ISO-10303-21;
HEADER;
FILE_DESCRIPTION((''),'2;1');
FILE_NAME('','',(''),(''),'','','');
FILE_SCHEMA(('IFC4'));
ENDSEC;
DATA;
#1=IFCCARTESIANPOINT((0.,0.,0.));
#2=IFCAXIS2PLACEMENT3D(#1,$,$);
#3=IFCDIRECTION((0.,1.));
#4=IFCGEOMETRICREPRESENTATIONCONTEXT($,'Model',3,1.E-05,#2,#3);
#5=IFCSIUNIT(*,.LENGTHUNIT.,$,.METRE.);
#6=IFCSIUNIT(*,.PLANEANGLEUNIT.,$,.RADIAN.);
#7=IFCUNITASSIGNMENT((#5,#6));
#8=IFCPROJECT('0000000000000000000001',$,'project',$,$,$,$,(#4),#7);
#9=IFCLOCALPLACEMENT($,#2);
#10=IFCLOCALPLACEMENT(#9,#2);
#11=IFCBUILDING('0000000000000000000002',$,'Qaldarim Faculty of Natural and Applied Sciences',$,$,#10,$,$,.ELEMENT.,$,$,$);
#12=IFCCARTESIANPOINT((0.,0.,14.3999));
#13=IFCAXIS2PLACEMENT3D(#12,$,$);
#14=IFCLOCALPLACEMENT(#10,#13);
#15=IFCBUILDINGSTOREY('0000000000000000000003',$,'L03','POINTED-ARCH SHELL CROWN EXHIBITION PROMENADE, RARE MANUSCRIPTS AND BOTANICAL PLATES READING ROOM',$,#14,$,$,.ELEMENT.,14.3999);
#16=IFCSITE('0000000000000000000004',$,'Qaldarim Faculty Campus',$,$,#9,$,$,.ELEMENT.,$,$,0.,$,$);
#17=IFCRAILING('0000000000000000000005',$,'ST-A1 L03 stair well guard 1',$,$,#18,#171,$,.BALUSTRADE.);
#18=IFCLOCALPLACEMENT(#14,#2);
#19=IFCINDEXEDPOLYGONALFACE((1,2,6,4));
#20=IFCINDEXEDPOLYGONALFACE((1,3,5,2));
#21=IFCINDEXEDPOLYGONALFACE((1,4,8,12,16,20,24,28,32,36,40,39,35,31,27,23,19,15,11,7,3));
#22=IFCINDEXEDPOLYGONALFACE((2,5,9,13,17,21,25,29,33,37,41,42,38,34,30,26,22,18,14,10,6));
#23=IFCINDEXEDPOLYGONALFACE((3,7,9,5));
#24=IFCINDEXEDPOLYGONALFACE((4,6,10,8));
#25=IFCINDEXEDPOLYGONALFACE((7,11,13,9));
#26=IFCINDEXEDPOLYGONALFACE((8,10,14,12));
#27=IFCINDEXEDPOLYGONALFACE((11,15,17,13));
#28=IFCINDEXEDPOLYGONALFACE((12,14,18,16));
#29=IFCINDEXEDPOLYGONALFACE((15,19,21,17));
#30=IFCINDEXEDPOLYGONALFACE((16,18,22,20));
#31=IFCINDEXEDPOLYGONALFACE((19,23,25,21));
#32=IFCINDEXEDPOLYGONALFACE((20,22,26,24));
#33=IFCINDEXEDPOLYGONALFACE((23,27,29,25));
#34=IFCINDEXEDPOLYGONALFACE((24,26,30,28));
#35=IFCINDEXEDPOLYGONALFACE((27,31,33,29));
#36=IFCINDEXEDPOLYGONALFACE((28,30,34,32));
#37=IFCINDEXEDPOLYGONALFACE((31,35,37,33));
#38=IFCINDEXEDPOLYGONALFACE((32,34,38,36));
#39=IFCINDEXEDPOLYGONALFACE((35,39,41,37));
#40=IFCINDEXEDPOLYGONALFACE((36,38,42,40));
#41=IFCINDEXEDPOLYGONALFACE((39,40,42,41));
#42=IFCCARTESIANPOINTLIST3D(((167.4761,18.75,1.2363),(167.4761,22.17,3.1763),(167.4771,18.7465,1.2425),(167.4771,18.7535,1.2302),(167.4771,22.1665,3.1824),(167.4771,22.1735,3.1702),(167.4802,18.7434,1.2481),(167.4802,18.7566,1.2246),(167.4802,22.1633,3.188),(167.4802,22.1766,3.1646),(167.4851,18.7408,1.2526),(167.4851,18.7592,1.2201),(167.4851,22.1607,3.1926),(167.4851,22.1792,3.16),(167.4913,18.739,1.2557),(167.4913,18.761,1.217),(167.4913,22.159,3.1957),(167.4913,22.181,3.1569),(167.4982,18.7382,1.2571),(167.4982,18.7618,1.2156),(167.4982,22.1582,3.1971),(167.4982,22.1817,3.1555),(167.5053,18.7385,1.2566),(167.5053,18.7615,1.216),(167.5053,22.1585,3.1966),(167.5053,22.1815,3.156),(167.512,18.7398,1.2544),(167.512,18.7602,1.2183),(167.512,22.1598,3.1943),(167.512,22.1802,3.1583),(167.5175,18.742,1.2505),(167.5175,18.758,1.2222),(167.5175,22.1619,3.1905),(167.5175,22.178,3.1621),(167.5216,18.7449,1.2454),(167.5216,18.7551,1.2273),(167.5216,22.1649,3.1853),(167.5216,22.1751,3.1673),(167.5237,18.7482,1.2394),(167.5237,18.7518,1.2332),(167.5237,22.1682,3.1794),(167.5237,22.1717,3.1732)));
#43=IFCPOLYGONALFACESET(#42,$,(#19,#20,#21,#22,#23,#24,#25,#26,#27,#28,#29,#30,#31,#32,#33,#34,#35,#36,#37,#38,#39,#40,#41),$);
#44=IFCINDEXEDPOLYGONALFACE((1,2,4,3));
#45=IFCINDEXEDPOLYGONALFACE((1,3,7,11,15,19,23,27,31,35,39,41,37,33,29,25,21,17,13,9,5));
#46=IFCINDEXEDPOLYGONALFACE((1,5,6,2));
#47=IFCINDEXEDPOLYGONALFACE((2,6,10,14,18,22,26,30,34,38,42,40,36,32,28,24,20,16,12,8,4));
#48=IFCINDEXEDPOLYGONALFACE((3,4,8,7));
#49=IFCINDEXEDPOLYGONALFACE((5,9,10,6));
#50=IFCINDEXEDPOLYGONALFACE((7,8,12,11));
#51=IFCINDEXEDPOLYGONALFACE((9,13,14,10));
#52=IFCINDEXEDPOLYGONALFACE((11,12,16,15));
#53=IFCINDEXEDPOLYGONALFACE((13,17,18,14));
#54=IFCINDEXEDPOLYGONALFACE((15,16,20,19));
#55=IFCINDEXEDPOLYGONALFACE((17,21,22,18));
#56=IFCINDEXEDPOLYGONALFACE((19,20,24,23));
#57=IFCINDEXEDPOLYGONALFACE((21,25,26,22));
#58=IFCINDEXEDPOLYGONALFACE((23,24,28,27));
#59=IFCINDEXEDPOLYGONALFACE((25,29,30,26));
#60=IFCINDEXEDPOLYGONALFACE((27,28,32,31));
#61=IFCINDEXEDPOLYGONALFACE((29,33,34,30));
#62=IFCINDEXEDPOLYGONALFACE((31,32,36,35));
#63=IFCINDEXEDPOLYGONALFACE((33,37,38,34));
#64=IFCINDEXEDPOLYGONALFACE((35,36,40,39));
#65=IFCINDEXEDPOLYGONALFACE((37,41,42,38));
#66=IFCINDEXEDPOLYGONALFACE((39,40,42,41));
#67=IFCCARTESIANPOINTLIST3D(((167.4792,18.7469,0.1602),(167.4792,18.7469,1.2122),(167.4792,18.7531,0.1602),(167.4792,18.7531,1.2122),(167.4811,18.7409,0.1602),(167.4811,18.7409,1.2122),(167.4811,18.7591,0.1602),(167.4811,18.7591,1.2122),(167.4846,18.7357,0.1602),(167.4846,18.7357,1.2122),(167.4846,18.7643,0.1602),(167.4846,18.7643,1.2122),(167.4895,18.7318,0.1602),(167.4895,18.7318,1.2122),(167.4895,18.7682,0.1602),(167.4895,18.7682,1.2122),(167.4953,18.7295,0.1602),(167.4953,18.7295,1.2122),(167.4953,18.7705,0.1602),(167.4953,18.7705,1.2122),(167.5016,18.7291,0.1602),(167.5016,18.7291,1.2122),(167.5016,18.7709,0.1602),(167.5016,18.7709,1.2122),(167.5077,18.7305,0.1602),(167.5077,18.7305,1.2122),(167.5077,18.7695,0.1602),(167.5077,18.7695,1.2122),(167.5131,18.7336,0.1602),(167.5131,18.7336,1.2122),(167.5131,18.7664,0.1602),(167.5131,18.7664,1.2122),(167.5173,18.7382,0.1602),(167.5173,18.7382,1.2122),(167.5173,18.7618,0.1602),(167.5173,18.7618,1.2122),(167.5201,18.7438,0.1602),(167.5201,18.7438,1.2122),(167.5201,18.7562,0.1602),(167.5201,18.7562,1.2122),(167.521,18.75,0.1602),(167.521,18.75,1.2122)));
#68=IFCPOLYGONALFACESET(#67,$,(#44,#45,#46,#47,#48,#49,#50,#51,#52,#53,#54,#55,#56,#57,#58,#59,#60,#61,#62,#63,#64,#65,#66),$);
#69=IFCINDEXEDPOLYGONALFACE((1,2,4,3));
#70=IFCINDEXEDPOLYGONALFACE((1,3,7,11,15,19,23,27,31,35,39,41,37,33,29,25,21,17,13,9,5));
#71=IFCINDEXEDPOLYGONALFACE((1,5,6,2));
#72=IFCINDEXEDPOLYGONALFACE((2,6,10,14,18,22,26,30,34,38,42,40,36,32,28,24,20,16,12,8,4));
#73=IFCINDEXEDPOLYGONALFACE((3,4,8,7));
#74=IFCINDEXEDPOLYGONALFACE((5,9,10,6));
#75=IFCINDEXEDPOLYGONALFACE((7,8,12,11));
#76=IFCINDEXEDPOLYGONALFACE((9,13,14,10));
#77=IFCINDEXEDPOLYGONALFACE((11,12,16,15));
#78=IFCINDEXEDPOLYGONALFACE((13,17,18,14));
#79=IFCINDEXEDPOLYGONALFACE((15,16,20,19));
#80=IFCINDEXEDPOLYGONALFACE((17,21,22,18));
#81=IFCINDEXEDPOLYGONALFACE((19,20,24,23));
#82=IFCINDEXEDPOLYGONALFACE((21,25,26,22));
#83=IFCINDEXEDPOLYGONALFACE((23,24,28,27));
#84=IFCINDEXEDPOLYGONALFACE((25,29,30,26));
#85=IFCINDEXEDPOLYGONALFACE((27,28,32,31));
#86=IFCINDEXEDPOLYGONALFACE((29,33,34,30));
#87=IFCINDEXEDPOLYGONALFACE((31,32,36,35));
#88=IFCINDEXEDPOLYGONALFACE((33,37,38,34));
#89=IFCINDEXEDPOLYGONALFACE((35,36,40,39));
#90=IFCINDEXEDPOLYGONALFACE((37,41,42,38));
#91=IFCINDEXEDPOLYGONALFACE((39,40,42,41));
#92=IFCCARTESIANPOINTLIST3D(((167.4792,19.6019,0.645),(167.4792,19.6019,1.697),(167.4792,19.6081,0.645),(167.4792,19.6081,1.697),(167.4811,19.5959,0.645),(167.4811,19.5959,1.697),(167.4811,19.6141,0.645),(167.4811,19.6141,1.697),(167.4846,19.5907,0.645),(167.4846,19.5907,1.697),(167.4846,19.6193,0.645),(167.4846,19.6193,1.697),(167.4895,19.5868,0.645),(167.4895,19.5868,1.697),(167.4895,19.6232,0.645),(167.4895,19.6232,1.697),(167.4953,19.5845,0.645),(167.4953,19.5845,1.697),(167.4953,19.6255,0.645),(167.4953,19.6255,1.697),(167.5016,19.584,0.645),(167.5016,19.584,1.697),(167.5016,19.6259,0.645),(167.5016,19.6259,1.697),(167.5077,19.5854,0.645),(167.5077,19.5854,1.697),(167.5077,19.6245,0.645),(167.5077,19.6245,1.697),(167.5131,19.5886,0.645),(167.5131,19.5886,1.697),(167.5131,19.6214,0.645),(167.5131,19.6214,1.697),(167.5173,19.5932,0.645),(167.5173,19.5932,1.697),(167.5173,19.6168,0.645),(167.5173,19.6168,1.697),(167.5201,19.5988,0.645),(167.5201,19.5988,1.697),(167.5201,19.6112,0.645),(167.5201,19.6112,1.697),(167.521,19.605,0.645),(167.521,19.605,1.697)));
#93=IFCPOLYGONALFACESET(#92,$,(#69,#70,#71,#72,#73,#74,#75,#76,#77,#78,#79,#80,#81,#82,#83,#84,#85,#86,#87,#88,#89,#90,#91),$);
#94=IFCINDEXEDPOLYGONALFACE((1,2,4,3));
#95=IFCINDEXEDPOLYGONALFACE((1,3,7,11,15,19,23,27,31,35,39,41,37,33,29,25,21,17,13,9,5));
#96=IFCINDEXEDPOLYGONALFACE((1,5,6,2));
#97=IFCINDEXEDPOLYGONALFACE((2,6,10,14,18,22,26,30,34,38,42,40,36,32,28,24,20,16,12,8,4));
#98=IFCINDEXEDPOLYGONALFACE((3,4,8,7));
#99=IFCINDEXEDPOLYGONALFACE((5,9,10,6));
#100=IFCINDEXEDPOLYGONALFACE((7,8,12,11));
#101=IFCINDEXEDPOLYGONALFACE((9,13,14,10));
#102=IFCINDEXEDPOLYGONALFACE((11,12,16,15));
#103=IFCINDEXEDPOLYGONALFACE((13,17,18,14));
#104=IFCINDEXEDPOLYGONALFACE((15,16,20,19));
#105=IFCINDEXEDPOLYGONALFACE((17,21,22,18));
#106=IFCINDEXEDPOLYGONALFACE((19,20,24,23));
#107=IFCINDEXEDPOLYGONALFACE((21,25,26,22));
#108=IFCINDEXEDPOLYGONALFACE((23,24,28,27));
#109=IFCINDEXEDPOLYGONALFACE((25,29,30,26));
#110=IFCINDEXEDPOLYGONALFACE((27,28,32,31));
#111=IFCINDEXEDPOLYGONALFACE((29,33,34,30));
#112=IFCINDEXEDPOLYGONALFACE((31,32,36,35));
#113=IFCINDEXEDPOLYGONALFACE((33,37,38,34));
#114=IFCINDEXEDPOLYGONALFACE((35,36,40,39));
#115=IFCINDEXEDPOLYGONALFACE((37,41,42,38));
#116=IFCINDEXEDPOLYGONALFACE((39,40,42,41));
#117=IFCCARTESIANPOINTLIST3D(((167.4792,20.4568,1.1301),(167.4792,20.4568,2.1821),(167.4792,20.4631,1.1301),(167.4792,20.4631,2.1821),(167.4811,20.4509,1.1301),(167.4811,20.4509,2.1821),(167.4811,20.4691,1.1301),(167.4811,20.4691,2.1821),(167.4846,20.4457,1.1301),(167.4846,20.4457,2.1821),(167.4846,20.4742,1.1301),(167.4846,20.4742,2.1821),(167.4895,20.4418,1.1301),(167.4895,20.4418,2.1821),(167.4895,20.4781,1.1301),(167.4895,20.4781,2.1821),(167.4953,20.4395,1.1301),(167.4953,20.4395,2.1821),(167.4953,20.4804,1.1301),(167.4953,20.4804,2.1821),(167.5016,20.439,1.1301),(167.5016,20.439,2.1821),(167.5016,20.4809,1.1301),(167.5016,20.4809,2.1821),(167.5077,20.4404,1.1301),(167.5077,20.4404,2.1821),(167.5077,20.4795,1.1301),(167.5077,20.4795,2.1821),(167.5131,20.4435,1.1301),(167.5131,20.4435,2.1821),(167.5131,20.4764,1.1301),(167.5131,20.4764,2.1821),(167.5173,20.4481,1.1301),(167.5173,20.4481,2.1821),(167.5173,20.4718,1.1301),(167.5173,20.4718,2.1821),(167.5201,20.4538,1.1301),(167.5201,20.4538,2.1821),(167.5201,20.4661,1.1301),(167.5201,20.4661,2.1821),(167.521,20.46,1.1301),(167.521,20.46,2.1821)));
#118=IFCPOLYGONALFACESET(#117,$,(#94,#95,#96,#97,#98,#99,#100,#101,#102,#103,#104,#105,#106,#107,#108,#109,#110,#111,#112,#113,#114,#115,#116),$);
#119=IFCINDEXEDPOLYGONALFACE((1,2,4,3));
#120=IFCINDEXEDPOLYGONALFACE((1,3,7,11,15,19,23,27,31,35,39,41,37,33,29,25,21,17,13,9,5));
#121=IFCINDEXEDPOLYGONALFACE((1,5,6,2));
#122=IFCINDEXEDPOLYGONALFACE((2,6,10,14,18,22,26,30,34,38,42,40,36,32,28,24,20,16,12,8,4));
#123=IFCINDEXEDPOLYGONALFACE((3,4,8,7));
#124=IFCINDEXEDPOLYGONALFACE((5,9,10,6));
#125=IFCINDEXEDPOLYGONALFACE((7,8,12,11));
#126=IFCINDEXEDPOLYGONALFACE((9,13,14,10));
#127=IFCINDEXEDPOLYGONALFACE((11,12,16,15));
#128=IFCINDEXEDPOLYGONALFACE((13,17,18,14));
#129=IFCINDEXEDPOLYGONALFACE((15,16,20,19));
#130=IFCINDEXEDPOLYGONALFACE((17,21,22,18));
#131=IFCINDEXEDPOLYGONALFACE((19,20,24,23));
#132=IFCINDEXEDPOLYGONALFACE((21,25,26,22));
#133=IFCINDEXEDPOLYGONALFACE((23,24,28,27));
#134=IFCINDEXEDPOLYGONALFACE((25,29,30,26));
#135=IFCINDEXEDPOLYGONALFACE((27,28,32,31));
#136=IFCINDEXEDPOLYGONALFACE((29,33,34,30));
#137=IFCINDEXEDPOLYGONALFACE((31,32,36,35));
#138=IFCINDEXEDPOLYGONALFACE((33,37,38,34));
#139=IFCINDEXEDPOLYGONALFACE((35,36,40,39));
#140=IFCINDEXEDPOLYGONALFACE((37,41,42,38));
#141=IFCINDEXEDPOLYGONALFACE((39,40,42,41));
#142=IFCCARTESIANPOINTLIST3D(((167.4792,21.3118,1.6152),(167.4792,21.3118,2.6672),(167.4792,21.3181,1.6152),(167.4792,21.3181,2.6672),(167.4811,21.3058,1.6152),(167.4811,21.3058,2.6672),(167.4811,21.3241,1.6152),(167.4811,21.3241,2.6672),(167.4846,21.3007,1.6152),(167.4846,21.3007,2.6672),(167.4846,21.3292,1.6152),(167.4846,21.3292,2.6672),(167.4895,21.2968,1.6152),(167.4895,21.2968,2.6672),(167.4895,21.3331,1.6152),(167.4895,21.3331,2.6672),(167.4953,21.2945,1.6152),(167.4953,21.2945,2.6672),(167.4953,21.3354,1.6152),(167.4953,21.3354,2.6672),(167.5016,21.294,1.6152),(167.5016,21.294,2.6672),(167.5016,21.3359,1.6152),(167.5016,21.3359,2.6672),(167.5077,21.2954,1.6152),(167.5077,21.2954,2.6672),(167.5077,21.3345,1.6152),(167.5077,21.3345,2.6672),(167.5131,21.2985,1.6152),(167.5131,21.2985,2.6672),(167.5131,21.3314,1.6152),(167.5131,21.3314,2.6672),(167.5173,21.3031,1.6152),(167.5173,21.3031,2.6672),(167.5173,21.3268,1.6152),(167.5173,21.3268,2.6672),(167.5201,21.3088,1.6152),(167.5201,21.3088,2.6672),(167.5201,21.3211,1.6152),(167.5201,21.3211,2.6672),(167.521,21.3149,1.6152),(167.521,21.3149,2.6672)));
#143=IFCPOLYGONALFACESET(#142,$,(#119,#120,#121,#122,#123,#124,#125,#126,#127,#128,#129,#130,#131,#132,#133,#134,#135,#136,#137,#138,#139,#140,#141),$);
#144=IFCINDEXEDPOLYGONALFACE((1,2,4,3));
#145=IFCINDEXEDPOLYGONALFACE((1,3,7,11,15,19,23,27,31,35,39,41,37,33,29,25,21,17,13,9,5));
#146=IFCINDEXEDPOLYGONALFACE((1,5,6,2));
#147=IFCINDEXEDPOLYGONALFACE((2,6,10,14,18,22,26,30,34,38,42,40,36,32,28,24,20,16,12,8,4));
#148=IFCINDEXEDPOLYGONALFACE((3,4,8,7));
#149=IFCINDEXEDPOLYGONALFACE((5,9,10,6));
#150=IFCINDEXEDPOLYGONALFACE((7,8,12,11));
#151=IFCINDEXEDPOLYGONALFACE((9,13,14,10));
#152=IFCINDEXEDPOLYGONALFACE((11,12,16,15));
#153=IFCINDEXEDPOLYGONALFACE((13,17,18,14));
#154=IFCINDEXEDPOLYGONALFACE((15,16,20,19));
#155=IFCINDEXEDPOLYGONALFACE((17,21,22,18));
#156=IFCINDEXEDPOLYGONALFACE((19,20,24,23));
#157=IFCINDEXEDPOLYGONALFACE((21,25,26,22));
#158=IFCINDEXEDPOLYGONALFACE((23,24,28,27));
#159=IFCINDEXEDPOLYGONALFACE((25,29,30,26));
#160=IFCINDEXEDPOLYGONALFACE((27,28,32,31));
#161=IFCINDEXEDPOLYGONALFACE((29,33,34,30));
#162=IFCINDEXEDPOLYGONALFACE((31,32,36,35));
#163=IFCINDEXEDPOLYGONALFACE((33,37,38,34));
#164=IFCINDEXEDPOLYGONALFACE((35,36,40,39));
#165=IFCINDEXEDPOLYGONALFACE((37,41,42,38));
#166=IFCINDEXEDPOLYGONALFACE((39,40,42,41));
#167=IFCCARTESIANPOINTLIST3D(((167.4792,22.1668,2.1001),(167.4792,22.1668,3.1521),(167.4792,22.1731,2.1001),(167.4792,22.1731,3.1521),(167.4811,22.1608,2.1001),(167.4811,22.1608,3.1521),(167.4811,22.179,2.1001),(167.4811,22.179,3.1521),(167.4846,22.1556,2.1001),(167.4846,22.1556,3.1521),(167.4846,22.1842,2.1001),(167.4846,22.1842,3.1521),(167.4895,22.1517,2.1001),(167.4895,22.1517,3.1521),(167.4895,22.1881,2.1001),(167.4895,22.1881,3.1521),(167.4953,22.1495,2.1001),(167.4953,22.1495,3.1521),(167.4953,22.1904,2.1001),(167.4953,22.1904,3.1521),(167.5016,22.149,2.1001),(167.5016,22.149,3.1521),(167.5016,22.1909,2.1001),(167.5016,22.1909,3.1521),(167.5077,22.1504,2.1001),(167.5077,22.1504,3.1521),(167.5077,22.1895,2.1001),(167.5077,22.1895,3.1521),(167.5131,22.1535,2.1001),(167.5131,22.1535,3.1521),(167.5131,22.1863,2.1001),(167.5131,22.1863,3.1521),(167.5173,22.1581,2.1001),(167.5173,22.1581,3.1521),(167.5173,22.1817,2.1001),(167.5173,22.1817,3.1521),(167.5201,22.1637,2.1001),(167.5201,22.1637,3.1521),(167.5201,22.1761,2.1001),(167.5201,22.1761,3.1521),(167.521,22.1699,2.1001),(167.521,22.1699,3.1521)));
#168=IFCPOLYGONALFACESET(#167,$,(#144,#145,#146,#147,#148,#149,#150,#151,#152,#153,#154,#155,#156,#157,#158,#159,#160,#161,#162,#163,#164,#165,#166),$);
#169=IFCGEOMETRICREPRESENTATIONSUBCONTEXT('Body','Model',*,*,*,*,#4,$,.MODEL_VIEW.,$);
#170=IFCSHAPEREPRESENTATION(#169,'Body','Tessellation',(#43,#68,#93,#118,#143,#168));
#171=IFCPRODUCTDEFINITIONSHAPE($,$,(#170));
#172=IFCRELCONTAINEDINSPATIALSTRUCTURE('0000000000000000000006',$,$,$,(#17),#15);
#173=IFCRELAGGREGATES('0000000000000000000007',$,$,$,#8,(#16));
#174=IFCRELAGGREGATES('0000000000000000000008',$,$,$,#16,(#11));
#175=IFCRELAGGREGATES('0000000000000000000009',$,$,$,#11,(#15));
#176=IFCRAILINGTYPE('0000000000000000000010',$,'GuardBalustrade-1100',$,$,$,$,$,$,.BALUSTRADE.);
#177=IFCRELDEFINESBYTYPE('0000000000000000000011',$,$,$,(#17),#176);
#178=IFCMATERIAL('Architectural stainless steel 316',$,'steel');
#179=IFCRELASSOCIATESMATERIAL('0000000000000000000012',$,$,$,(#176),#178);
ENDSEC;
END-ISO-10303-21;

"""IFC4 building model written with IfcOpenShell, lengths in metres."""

from ifc_helpers import new_model, si_unit, direction, frame, origin, origin_2d, place, context, subcontext, project, spatial, circle, extrude, material, type_object, element, save


model = new_model("IFC4")

# Units and contexts
model_context = context("Model", 3, precision=1e-05, world=origin(), true_north=direction((0.0, 1.0)))
body_context = subcontext(model_context, "Body", "Model", "MODEL_VIEW")
ifc_project = project(units=[si_unit("LENGTHUNIT", "METRE"), si_unit("PLANEANGLEUNIT", "RADIAN")], contexts=[model_context])

# Site, building, storey
site_placement = place(None, origin())
site = spatial("IfcSite", under=ifc_project, at=site_placement, Name="Qaldarim Faculty Campus", CompositionType="ELEMENT", RefElevation=0.0)
building_placement = place(site_placement, origin())
building = spatial("IfcBuilding", under=site, at=building_placement, Name="Qaldarim Faculty of Natural and Applied Sciences", CompositionType="ELEMENT")
storey_placement = place(building_placement, frame((0.0, 0.0, 14.3999)))
storey = spatial("IfcBuildingStorey", under=building, at=storey_placement, Name="L03", Description="POINTED-ARCH SHELL CROWN EXHIBITION PROMENADE, RARE MANUSCRIPTS AND BOTANICAL PLATES READING ROOM", CompositionType="ELEMENT", Elevation=14.3999)

# Shared definitions
ifc_material_1 = material(Name="Architectural stainless steel 316", Category="steel")

# Railing
railing_type_1 = type_object("IfcRailingType", Name="GuardBalustrade-1100", PredefinedType="BALUSTRADE", material=ifc_material_1)
railing_1_placement = place(storey_placement, frame((167.5, 18.75, 0.1602)))
element("IfcRailing", 1, at=railing_1_placement, inside=storey, type_object=railing_type_1, Name="ST-A1 L03 stair well guard 1", PredefinedType="BALUSTRADE", context=body_context, shape_type="SweptSolid", body=[
    extrude(circle(Radius=0.0239, at=origin_2d()), frame((0.0, 0.0, 1.0762), z_axis=(0.0, 0.869805, 0.493395), x_axis=(-1.0, 0.0, 0.0)), (0.0, 0.0, 1.0), 3.9319),
    extrude(circle(Radius=0.021, at=origin_2d()), origin(), (0.0, 0.0, 1.0), 1.052),
    extrude(circle(Radius=0.021, at=origin_2d()), frame((0.0, 0.855, 0.4849)), (0.0, 0.0, 1.0), 1.052),
    extrude(circle(Radius=0.021, at=origin_2d()), frame((0.0, 1.71, 0.97)), (0.0, 0.0, 1.0), 1.052),
    extrude(circle(Radius=0.021, at=origin_2d()), frame((0.0, 2.5649, 1.4551)), (0.0, 0.0, 1.0), 1.052),
    extrude(circle(Radius=0.021, at=origin_2d()), frame((0.0, 3.4199, 1.9399)), (0.0, 0.0, 1.0), 1.052),
])

save(model, "model.ifc")
